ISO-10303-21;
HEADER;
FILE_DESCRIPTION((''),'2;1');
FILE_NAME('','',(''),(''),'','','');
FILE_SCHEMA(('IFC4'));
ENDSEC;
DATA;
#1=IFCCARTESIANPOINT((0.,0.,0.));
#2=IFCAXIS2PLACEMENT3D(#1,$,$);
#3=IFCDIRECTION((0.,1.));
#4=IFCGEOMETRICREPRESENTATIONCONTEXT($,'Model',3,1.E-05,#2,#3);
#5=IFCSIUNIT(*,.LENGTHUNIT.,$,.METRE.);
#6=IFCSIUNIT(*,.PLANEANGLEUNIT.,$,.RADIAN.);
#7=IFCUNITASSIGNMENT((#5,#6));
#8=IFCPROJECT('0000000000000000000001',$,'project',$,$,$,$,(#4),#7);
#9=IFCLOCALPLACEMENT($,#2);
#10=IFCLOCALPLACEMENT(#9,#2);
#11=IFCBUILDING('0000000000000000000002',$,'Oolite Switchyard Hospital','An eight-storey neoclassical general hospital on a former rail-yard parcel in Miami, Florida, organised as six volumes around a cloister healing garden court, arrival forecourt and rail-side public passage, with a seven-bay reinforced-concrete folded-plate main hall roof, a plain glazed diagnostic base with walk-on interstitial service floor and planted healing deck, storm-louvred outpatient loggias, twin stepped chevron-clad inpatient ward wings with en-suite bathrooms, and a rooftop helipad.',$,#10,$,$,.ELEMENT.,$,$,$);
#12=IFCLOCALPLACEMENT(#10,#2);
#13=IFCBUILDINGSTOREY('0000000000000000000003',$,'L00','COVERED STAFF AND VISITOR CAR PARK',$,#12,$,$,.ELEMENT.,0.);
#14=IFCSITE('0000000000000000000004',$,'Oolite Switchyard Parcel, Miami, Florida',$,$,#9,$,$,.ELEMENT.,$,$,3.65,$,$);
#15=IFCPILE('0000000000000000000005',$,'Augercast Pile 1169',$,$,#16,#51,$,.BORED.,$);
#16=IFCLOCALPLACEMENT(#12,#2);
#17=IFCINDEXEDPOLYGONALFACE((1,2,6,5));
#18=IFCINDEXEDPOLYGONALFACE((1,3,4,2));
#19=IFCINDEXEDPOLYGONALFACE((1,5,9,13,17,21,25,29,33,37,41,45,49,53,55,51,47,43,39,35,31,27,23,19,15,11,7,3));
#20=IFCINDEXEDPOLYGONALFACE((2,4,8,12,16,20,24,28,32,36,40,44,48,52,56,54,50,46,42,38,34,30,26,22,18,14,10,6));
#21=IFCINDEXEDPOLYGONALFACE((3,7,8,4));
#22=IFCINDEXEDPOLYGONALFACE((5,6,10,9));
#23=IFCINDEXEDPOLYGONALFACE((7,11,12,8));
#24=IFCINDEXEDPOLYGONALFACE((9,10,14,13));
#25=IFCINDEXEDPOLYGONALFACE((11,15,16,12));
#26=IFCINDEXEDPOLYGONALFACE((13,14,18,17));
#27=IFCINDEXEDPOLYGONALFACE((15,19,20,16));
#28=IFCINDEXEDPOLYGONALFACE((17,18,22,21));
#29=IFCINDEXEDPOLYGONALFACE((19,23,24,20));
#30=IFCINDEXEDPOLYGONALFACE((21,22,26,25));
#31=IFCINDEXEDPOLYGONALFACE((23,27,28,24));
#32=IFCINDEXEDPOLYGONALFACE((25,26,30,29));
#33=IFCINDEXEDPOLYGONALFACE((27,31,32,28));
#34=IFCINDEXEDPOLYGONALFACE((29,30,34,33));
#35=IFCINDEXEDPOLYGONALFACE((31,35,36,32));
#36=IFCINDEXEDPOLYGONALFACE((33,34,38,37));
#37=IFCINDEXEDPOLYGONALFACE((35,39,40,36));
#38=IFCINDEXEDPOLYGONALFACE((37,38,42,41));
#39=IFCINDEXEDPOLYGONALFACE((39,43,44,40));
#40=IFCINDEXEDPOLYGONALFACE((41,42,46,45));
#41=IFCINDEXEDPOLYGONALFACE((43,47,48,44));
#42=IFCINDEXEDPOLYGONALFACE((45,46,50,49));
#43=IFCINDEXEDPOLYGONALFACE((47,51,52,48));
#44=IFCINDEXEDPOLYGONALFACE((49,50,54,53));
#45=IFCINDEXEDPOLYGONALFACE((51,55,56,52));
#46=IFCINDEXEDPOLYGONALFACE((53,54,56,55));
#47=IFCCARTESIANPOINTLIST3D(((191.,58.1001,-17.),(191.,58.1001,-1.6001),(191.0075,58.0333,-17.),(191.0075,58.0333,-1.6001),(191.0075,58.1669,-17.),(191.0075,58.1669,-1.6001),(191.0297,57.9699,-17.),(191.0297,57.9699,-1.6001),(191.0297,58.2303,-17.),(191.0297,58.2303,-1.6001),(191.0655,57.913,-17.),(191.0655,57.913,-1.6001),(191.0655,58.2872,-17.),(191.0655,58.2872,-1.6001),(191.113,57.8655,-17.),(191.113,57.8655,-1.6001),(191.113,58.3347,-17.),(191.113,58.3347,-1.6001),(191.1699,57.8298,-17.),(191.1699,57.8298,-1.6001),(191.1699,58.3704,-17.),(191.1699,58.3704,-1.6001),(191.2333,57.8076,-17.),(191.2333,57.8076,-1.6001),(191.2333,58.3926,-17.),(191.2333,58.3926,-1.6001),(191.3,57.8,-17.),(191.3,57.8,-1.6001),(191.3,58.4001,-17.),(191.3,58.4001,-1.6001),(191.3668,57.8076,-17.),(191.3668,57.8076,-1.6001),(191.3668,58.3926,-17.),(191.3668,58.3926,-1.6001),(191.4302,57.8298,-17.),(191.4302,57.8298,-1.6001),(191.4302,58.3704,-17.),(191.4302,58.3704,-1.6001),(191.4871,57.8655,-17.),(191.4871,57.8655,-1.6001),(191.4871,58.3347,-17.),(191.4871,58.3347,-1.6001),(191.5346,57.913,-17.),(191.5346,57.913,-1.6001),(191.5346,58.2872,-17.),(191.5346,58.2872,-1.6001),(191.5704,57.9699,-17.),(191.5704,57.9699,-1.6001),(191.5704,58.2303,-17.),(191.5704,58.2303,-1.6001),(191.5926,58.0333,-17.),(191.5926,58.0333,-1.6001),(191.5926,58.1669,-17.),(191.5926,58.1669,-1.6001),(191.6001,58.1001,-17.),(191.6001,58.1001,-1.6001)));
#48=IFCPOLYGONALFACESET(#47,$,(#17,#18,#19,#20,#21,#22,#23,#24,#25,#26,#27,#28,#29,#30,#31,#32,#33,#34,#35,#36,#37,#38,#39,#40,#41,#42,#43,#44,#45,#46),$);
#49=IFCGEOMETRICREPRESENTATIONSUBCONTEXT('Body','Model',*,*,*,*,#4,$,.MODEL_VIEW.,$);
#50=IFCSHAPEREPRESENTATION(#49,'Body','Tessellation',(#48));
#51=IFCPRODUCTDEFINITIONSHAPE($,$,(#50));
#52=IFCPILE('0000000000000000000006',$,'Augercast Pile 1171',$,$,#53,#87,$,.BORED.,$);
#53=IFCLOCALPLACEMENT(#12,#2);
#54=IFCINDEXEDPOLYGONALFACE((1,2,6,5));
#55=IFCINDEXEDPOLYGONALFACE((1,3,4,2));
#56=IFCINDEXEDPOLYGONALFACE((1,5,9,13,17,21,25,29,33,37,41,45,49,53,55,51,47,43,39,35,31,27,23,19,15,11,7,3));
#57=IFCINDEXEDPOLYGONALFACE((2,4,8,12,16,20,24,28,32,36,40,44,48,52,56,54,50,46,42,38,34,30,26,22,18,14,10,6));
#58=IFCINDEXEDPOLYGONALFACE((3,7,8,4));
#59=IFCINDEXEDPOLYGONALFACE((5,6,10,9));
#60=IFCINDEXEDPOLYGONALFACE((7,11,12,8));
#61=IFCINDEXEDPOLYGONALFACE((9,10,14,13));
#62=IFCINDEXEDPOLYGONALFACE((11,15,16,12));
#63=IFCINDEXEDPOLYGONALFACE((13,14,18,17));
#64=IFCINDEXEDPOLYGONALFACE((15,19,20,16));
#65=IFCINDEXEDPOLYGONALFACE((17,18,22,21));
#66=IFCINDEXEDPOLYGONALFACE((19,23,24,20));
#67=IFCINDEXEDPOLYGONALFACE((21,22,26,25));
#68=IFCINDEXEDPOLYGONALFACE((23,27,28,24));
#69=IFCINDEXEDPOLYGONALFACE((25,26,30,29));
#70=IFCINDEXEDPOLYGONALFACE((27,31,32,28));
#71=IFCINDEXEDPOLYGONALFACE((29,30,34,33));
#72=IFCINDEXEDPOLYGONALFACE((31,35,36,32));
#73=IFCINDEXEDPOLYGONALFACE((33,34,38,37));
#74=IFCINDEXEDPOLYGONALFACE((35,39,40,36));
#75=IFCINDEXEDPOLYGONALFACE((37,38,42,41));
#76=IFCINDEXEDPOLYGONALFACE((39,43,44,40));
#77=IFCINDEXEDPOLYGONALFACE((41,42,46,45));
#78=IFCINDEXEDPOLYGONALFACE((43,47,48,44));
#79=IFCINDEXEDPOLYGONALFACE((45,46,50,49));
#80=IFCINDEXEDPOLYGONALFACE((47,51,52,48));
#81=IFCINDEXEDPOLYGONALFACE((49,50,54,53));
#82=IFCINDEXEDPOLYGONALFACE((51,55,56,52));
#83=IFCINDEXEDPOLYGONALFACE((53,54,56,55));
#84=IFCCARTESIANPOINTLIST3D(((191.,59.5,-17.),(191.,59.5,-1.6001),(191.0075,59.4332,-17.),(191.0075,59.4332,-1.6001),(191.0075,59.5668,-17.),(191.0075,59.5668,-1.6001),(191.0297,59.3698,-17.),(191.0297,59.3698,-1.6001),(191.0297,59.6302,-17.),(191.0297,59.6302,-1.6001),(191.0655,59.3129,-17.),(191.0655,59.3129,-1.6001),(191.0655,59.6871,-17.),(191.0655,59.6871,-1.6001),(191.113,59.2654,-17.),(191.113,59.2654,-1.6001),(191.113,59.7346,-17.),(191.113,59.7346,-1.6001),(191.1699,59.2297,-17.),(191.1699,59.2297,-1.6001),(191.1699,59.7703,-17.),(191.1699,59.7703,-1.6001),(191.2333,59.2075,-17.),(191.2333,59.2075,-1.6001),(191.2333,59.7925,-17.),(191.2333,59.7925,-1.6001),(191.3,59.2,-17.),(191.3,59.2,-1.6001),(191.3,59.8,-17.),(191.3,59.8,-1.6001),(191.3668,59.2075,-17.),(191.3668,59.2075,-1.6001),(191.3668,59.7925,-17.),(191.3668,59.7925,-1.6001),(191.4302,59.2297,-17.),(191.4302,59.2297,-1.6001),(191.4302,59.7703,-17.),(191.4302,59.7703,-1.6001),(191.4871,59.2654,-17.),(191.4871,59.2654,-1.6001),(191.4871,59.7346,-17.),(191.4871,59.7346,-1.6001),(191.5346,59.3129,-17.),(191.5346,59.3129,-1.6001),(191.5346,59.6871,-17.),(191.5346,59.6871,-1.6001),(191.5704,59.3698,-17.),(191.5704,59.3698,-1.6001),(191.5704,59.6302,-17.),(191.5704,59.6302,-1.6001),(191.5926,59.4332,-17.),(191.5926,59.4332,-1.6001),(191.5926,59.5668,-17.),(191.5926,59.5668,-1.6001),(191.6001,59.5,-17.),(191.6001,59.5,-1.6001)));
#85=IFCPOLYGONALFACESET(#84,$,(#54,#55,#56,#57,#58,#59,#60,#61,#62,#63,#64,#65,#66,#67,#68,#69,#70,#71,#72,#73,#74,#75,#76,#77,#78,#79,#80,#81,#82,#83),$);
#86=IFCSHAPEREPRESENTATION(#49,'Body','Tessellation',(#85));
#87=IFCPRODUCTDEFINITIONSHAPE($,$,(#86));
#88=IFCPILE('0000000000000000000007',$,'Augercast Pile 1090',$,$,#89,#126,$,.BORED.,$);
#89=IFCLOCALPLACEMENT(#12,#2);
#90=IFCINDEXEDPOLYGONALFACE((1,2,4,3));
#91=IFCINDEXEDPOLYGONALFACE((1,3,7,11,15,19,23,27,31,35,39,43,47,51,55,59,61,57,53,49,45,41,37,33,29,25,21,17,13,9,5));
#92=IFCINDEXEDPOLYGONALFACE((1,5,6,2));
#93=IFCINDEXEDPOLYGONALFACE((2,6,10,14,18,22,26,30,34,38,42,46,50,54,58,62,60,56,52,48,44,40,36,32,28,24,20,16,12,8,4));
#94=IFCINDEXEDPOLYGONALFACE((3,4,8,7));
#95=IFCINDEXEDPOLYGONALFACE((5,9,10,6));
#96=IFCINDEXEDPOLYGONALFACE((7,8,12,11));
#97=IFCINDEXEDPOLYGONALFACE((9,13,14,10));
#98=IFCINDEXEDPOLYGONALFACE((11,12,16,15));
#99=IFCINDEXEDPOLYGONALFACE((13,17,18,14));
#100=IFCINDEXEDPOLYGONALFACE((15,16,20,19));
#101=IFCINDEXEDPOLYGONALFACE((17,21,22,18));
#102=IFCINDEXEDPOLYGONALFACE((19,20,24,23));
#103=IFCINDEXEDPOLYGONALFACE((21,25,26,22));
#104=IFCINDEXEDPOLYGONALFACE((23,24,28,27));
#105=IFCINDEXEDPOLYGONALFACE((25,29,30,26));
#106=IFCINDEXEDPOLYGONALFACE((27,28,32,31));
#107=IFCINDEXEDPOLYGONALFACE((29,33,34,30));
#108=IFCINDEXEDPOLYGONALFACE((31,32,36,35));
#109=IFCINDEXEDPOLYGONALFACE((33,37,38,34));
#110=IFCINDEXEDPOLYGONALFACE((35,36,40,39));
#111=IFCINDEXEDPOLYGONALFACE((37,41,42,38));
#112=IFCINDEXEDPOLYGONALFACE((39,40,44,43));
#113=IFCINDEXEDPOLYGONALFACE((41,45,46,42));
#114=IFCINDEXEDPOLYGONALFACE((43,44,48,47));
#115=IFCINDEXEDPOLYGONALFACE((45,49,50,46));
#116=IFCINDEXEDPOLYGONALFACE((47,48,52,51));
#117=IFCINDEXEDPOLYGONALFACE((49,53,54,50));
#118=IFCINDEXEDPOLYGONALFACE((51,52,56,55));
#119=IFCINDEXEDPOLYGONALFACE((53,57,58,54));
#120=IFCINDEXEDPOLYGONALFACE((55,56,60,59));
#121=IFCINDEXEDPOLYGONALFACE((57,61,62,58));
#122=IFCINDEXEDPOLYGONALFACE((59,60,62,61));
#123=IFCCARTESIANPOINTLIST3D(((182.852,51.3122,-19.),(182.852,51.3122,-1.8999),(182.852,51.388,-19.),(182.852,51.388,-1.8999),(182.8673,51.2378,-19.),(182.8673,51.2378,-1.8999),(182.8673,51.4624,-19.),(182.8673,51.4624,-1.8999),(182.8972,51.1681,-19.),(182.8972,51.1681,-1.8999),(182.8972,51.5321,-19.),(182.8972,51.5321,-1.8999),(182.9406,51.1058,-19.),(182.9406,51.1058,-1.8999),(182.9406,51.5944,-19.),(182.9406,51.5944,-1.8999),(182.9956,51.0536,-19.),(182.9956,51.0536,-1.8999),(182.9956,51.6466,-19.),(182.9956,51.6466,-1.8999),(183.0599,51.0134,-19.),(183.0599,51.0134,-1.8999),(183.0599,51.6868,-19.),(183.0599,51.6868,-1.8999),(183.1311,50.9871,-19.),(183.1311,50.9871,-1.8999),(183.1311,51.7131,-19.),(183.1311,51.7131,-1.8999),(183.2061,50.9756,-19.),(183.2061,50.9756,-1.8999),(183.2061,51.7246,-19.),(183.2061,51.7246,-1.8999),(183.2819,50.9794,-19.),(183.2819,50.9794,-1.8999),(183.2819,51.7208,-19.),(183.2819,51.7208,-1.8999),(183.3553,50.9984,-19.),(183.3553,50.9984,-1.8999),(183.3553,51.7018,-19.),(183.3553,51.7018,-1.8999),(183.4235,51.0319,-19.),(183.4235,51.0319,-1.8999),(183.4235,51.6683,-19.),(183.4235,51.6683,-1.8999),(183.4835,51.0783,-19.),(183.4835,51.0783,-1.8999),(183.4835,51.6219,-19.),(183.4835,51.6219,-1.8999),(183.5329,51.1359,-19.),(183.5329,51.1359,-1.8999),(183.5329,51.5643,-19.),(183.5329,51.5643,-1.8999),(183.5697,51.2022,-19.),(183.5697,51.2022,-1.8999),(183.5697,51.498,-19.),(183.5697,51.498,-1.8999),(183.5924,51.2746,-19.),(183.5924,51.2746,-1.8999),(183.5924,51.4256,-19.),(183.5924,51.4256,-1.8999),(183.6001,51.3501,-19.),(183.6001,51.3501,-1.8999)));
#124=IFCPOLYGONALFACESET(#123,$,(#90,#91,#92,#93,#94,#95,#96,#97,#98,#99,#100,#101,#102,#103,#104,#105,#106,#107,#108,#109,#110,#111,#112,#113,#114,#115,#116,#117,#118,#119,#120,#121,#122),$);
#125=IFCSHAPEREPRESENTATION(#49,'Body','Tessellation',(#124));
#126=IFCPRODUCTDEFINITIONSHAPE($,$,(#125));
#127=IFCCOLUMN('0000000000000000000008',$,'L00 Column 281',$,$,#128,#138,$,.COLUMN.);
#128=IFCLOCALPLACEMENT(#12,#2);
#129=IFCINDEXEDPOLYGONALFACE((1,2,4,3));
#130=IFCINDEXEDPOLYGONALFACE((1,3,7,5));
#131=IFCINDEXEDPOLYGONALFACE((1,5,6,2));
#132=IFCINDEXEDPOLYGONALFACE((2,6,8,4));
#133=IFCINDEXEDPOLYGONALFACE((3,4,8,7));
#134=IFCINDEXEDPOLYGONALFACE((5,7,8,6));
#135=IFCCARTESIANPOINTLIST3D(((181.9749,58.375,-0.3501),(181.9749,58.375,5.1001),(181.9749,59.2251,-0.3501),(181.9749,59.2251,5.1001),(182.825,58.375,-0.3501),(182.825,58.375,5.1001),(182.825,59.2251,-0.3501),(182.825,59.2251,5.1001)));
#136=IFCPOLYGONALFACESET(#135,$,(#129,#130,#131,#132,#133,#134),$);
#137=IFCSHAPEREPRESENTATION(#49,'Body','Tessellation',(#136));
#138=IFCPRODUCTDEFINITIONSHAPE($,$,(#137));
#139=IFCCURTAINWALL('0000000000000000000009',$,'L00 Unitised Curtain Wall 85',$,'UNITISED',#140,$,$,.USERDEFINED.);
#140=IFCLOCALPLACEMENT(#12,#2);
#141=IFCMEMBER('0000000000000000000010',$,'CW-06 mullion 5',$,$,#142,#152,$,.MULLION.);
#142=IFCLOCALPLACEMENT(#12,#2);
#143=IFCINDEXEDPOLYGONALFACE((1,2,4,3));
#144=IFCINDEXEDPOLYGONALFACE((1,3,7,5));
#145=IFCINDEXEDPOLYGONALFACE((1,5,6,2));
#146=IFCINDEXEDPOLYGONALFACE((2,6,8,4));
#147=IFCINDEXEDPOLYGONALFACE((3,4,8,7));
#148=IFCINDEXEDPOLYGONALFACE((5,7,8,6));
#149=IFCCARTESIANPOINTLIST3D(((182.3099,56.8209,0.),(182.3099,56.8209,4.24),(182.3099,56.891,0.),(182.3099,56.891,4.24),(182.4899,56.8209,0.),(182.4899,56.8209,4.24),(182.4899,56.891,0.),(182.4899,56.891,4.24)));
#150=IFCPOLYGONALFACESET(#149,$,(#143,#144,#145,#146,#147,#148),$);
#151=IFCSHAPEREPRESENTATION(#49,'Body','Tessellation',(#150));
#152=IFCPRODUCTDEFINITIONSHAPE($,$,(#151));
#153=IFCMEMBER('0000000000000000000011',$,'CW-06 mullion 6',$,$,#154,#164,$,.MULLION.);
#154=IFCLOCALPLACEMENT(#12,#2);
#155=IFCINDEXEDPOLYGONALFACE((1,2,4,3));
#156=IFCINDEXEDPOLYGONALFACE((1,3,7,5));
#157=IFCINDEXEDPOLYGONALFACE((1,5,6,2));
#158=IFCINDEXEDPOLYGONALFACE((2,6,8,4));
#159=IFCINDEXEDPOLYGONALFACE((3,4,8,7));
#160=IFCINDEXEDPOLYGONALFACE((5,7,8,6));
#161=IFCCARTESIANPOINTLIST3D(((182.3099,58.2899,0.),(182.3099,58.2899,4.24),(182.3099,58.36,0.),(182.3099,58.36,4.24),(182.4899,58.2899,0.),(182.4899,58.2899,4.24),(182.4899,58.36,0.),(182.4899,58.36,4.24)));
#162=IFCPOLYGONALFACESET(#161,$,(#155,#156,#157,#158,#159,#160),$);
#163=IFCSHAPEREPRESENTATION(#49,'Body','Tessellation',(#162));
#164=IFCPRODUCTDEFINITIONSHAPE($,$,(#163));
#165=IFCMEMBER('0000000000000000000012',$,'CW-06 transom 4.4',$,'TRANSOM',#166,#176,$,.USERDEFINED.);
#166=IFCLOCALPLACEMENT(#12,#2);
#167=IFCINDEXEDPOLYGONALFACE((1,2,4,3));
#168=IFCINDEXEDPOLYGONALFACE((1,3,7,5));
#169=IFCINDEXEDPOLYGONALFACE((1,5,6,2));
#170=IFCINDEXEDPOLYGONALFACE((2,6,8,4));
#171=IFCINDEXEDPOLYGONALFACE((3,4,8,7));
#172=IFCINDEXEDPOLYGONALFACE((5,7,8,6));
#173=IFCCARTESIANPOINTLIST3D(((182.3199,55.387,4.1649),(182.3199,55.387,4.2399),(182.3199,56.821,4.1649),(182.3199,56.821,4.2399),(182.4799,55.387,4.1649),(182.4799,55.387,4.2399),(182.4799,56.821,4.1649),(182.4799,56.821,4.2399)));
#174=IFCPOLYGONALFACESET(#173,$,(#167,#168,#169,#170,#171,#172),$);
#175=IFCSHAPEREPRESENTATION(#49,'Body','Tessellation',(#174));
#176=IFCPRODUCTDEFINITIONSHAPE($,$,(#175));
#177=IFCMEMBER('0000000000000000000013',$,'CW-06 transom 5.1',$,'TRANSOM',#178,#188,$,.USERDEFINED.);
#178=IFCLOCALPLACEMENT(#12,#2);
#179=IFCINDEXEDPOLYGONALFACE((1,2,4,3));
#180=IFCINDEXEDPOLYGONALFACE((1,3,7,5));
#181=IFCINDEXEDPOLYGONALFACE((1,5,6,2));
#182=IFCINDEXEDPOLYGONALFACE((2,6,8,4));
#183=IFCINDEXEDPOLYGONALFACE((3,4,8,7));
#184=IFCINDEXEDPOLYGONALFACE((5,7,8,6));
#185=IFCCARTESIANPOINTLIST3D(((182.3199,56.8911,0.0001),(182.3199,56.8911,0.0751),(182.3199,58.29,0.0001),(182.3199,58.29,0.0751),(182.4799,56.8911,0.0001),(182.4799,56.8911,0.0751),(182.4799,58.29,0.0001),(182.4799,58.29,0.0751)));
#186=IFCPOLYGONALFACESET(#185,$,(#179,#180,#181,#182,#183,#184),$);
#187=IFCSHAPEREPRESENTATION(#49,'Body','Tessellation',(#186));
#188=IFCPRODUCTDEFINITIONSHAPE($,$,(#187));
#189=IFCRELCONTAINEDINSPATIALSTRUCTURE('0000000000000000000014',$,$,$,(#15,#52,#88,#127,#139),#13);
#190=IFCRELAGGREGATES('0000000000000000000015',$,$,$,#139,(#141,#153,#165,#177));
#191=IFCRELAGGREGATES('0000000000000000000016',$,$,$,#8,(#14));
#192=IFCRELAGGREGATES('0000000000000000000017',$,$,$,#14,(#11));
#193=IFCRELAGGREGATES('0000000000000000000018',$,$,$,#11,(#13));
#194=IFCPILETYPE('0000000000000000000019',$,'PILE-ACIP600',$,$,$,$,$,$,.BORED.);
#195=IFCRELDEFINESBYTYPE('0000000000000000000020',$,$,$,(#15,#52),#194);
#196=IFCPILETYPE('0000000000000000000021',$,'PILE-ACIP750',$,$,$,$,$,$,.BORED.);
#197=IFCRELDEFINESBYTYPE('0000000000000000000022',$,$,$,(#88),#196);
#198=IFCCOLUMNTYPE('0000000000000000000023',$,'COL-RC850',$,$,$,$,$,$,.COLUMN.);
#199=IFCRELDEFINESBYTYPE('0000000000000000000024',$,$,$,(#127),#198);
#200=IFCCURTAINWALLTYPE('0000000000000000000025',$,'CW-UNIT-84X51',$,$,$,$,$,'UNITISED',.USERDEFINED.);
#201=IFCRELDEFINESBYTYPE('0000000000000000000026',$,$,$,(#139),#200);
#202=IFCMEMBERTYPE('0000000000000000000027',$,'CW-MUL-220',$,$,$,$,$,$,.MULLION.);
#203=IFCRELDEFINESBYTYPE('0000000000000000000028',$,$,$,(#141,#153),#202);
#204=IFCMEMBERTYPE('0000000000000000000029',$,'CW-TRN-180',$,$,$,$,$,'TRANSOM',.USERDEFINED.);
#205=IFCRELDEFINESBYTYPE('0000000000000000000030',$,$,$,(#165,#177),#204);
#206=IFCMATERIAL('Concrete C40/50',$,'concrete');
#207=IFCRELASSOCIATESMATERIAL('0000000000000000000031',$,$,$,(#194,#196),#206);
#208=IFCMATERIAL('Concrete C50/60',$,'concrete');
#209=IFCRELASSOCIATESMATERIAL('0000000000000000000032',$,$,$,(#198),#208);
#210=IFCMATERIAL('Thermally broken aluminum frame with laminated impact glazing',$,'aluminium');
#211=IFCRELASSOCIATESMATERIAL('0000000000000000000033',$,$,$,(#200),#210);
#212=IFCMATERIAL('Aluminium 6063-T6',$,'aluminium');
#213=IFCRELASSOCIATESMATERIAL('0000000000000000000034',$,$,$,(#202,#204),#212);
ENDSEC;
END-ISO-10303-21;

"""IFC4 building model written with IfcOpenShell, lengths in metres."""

from ifc_helpers import new_model, si_unit, direction, frame, origin, origin_2d, place, context, subcontext, project, spatial, rectangle, circle, extrude, material, material_profile, profile_set, type_object, element, aggregate, save


model = new_model("IFC4")

# Units and contexts
model_context = context("Model", 3, precision=1e-05, world=origin(), true_north=direction((0.0, 1.0)))
body_context = subcontext(model_context, "Body", "Model", "MODEL_VIEW")
ifc_project = project(units=[si_unit("LENGTHUNIT", "METRE"), si_unit("PLANEANGLEUNIT", "RADIAN")], contexts=[model_context])

# Site, building, storey
site_placement = place(None, origin())
site = spatial("IfcSite", under=ifc_project, at=site_placement, Name="Oolite Switchyard Parcel, Miami, Florida", CompositionType="ELEMENT", RefElevation=3.65)
building_placement = place(site_placement, origin())
building = spatial("IfcBuilding", under=site, at=building_placement, Name="Oolite Switchyard Hospital", Description="An eight-storey neoclassical general hospital on a former rail-yard parcel in Miami, Florida, organised as six volumes around a cloister healing garden court, arrival forecourt and rail-side public passage, with a seven-bay reinforced-concrete folded-plate main hall roof, a plain glazed diagnostic base with walk-on interstitial service floor and planted healing deck, storm-louvred outpatient loggias, twin stepped chevron-clad inpatient ward wings with en-suite bathrooms, and a rooftop helipad.", CompositionType="ELEMENT")
storey_placement = place(building_placement, origin())
storey = spatial("IfcBuildingStorey", under=building, at=storey_placement, Name="L00", Description="COVERED STAFF AND VISITOR CAR PARK", CompositionType="ELEMENT", Elevation=0.0)

# Shared definitions
ifc_material_1 = material(Name="Concrete C40/50", Category="concrete")

# Piles
ifc_material_profile_1 = material_profile(ifc_material_1, circle(Radius=0.3, at=origin_2d()), Name="PILE600")
ifc_profile_set_1 = profile_set([ifc_material_profile_1], Name="Concrete C40/50")
pile_type_1 = type_object("IfcPileType", Name="PILE-ACIP600", PredefinedType="BORED", material=ifc_profile_set_1)
for number, where, z_axis, x_axis, name in (
    (1, (191.3, 58.1001, -1.6001), (0.0, 0.0, -1.0), (1.0, 0.0, 0.0), "Augercast Pile 1169"),
    (2, (191.3, 59.5, -1.6001), (0.0, 0.0, -1.0), (1.0, 0.0, 0.0), "Augercast Pile 1171"),
):
    element("IfcPile", number, at=place(storey_placement, frame(where, z_axis=z_axis, x_axis=x_axis)), inside=storey, type_object=pile_type_1, Name=name, PredefinedType="BORED", context=body_context, shape_type="SweptSolid", body=[
        extrude(circle(Radius=0.3, at=origin_2d()), origin(), (0.0, 0.0, 1.0), 15.3999),
    ])
ifc_material_profile_2 = material_profile(ifc_material_1, circle(Radius=0.375, at=origin_2d()), Name="PILE750")
ifc_profile_set_2 = profile_set([ifc_material_profile_2], Name="Concrete C40/50")
pile_type_2 = type_object("IfcPileType", Name="PILE-ACIP750", PredefinedType="BORED", material=ifc_profile_set_2)
pile_placement = place(storey_placement, frame((183.2251, 51.3501, -1.8999), z_axis=(0.0, 0.0, -1.0), x_axis=(1.0, 0.0, 0.0)))
element("IfcPile", 3, at=pile_placement, inside=storey, type_object=pile_type_2, Name="Augercast Pile 1090", PredefinedType="BORED", context=body_context, shape_type="SweptSolid", body=[
    extrude(circle(Radius=0.375, at=origin_2d()), origin(), (0.0, 0.0, 1.0), 17.1001),
])

# Column
ifc_material_2 = material(Name="Concrete C50/60", Category="concrete")
ifc_material_profile_3 = material_profile(ifc_material_2, rectangle(XDim=0.8501, YDim=0.8501, at=origin_2d()), Name="RC850X850")
ifc_profile_set_3 = profile_set([ifc_material_profile_3], Name="Concrete C50/60")
column_type = type_object("IfcColumnType", Name="COL-RC850", PredefinedType="COLUMN", material=ifc_profile_set_3)
column_placement = place(storey_placement, frame((182.3999, 58.8, -0.3501), z_axis=(0.0, 0.0, 1.0), x_axis=(1.0, 0.0, 0.0)))
element("IfcColumn", 4, at=column_placement, inside=storey, type_object=column_type, Name="L00 Column 281", PredefinedType="COLUMN", context=body_context, shape_type="SweptSolid", body=[
    extrude(rectangle(XDim=0.8501, YDim=0.8501, at=origin_2d()), origin(), (0.0, 0.0, 1.0), 5.4502),
])

# Curtain wall, members
ifc_material_3 = material(Name="Thermally broken aluminum frame with laminated impact glazing", Category="aluminium")
curtain_wall_type = type_object("IfcCurtainWallType", Name="CW-UNIT-84X51", ElementType="UNITISED", PredefinedType="USERDEFINED", material=ifc_material_3)
curtain_wall_placement = place(storey_placement, origin())
curtain_wall = element("IfcCurtainWall", 5, at=curtain_wall_placement, inside=storey, type_object=curtain_wall_type, Name="L00 Unitised Curtain Wall 85", ObjectType="UNITISED", PredefinedType="USERDEFINED")
ifc_material_4 = material(Name="Aluminium 6063-T6", Category="aluminium")
ifc_material_profile_4 = material_profile(ifc_material_4, rectangle(XDim=0.1799, YDim=0.0701, at=origin_2d()), Name="CWM70X180")
ifc_profile_set_4 = profile_set([ifc_material_profile_4], Name="Aluminium 6063-T6")
member_type_1 = type_object("IfcMemberType", Name="CW-MUL-220", PredefinedType="MULLION", material=ifc_profile_set_4)
member_1_placement = place(storey_placement, frame((182.3999, 56.856, 0.0), z_axis=(0.0, 0.0, 1.0), x_axis=(-1.0, 0.0, 0.0)))
member_1 = element("IfcMember", 6, at=member_1_placement, type_object=member_type_1, Name="CW-06 mullion 5", PredefinedType="MULLION", context=body_context, shape_type="SweptSolid", body=[
    extrude(rectangle(XDim=0.1799, YDim=0.0701, at=origin_2d()), origin(), (0.0, 0.0, 1.0), 4.24),
])
member_2_placement = place(storey_placement, frame((182.3999, 58.325, 0.0), z_axis=(0.0, 0.0, 1.0), x_axis=(-1.0, 0.0, 0.0)))
member_2 = element("IfcMember", 7, at=member_2_placement, type_object=member_type_1, Name="CW-06 mullion 6", PredefinedType="MULLION", context=body_context, shape_type="SweptSolid", body=[
    extrude(rectangle(XDim=0.1799, YDim=0.0701, at=origin_2d()), origin(), (0.0, 0.0, 1.0), 4.24),
])
ifc_material_profile_5 = material_profile(ifc_material_4, rectangle(XDim=0.1599, YDim=0.075, at=origin_2d()), Name="CWT75X160")
ifc_profile_set_5 = profile_set([ifc_material_profile_5], Name="Aluminium 6063-T6")
member_type_2 = type_object("IfcMemberType", Name="CW-TRN-180", ElementType="TRANSOM", PredefinedType="USERDEFINED", material=ifc_profile_set_5)
member_3_placement = place(storey_placement, frame((182.3999, 55.387, 4.2024), z_axis=(0.0, 1.0, 0.0), x_axis=(-1.0, 0.0, 0.0)))
member_3 = element("IfcMember", 8, at=member_3_placement, type_object=member_type_2, Name="CW-06 transom 4.4", ObjectType="TRANSOM", PredefinedType="USERDEFINED", context=body_context, shape_type="SweptSolid", body=[
    extrude(rectangle(XDim=0.1599, YDim=0.075, at=origin_2d()), origin(), (0.0, 0.0, 1.0), 1.4341),
])
member_4_placement = place(storey_placement, frame((182.3999, 56.8911, 0.0376), z_axis=(0.0, 1.0, 0.0), x_axis=(-1.0, 0.0, 0.0)))
member_4 = element("IfcMember", 9, at=member_4_placement, type_object=member_type_2, Name="CW-06 transom 5.1", ObjectType="TRANSOM", PredefinedType="USERDEFINED", context=body_context, shape_type="SweptSolid", body=[
    extrude(rectangle(XDim=0.1599, YDim=0.075, at=origin_2d()), origin(), (0.0, 0.0, 1.0), 1.3989),
])
aggregate(curtain_wall, [member_1, member_2, member_3, member_4])

save(model, "model.ifc")
